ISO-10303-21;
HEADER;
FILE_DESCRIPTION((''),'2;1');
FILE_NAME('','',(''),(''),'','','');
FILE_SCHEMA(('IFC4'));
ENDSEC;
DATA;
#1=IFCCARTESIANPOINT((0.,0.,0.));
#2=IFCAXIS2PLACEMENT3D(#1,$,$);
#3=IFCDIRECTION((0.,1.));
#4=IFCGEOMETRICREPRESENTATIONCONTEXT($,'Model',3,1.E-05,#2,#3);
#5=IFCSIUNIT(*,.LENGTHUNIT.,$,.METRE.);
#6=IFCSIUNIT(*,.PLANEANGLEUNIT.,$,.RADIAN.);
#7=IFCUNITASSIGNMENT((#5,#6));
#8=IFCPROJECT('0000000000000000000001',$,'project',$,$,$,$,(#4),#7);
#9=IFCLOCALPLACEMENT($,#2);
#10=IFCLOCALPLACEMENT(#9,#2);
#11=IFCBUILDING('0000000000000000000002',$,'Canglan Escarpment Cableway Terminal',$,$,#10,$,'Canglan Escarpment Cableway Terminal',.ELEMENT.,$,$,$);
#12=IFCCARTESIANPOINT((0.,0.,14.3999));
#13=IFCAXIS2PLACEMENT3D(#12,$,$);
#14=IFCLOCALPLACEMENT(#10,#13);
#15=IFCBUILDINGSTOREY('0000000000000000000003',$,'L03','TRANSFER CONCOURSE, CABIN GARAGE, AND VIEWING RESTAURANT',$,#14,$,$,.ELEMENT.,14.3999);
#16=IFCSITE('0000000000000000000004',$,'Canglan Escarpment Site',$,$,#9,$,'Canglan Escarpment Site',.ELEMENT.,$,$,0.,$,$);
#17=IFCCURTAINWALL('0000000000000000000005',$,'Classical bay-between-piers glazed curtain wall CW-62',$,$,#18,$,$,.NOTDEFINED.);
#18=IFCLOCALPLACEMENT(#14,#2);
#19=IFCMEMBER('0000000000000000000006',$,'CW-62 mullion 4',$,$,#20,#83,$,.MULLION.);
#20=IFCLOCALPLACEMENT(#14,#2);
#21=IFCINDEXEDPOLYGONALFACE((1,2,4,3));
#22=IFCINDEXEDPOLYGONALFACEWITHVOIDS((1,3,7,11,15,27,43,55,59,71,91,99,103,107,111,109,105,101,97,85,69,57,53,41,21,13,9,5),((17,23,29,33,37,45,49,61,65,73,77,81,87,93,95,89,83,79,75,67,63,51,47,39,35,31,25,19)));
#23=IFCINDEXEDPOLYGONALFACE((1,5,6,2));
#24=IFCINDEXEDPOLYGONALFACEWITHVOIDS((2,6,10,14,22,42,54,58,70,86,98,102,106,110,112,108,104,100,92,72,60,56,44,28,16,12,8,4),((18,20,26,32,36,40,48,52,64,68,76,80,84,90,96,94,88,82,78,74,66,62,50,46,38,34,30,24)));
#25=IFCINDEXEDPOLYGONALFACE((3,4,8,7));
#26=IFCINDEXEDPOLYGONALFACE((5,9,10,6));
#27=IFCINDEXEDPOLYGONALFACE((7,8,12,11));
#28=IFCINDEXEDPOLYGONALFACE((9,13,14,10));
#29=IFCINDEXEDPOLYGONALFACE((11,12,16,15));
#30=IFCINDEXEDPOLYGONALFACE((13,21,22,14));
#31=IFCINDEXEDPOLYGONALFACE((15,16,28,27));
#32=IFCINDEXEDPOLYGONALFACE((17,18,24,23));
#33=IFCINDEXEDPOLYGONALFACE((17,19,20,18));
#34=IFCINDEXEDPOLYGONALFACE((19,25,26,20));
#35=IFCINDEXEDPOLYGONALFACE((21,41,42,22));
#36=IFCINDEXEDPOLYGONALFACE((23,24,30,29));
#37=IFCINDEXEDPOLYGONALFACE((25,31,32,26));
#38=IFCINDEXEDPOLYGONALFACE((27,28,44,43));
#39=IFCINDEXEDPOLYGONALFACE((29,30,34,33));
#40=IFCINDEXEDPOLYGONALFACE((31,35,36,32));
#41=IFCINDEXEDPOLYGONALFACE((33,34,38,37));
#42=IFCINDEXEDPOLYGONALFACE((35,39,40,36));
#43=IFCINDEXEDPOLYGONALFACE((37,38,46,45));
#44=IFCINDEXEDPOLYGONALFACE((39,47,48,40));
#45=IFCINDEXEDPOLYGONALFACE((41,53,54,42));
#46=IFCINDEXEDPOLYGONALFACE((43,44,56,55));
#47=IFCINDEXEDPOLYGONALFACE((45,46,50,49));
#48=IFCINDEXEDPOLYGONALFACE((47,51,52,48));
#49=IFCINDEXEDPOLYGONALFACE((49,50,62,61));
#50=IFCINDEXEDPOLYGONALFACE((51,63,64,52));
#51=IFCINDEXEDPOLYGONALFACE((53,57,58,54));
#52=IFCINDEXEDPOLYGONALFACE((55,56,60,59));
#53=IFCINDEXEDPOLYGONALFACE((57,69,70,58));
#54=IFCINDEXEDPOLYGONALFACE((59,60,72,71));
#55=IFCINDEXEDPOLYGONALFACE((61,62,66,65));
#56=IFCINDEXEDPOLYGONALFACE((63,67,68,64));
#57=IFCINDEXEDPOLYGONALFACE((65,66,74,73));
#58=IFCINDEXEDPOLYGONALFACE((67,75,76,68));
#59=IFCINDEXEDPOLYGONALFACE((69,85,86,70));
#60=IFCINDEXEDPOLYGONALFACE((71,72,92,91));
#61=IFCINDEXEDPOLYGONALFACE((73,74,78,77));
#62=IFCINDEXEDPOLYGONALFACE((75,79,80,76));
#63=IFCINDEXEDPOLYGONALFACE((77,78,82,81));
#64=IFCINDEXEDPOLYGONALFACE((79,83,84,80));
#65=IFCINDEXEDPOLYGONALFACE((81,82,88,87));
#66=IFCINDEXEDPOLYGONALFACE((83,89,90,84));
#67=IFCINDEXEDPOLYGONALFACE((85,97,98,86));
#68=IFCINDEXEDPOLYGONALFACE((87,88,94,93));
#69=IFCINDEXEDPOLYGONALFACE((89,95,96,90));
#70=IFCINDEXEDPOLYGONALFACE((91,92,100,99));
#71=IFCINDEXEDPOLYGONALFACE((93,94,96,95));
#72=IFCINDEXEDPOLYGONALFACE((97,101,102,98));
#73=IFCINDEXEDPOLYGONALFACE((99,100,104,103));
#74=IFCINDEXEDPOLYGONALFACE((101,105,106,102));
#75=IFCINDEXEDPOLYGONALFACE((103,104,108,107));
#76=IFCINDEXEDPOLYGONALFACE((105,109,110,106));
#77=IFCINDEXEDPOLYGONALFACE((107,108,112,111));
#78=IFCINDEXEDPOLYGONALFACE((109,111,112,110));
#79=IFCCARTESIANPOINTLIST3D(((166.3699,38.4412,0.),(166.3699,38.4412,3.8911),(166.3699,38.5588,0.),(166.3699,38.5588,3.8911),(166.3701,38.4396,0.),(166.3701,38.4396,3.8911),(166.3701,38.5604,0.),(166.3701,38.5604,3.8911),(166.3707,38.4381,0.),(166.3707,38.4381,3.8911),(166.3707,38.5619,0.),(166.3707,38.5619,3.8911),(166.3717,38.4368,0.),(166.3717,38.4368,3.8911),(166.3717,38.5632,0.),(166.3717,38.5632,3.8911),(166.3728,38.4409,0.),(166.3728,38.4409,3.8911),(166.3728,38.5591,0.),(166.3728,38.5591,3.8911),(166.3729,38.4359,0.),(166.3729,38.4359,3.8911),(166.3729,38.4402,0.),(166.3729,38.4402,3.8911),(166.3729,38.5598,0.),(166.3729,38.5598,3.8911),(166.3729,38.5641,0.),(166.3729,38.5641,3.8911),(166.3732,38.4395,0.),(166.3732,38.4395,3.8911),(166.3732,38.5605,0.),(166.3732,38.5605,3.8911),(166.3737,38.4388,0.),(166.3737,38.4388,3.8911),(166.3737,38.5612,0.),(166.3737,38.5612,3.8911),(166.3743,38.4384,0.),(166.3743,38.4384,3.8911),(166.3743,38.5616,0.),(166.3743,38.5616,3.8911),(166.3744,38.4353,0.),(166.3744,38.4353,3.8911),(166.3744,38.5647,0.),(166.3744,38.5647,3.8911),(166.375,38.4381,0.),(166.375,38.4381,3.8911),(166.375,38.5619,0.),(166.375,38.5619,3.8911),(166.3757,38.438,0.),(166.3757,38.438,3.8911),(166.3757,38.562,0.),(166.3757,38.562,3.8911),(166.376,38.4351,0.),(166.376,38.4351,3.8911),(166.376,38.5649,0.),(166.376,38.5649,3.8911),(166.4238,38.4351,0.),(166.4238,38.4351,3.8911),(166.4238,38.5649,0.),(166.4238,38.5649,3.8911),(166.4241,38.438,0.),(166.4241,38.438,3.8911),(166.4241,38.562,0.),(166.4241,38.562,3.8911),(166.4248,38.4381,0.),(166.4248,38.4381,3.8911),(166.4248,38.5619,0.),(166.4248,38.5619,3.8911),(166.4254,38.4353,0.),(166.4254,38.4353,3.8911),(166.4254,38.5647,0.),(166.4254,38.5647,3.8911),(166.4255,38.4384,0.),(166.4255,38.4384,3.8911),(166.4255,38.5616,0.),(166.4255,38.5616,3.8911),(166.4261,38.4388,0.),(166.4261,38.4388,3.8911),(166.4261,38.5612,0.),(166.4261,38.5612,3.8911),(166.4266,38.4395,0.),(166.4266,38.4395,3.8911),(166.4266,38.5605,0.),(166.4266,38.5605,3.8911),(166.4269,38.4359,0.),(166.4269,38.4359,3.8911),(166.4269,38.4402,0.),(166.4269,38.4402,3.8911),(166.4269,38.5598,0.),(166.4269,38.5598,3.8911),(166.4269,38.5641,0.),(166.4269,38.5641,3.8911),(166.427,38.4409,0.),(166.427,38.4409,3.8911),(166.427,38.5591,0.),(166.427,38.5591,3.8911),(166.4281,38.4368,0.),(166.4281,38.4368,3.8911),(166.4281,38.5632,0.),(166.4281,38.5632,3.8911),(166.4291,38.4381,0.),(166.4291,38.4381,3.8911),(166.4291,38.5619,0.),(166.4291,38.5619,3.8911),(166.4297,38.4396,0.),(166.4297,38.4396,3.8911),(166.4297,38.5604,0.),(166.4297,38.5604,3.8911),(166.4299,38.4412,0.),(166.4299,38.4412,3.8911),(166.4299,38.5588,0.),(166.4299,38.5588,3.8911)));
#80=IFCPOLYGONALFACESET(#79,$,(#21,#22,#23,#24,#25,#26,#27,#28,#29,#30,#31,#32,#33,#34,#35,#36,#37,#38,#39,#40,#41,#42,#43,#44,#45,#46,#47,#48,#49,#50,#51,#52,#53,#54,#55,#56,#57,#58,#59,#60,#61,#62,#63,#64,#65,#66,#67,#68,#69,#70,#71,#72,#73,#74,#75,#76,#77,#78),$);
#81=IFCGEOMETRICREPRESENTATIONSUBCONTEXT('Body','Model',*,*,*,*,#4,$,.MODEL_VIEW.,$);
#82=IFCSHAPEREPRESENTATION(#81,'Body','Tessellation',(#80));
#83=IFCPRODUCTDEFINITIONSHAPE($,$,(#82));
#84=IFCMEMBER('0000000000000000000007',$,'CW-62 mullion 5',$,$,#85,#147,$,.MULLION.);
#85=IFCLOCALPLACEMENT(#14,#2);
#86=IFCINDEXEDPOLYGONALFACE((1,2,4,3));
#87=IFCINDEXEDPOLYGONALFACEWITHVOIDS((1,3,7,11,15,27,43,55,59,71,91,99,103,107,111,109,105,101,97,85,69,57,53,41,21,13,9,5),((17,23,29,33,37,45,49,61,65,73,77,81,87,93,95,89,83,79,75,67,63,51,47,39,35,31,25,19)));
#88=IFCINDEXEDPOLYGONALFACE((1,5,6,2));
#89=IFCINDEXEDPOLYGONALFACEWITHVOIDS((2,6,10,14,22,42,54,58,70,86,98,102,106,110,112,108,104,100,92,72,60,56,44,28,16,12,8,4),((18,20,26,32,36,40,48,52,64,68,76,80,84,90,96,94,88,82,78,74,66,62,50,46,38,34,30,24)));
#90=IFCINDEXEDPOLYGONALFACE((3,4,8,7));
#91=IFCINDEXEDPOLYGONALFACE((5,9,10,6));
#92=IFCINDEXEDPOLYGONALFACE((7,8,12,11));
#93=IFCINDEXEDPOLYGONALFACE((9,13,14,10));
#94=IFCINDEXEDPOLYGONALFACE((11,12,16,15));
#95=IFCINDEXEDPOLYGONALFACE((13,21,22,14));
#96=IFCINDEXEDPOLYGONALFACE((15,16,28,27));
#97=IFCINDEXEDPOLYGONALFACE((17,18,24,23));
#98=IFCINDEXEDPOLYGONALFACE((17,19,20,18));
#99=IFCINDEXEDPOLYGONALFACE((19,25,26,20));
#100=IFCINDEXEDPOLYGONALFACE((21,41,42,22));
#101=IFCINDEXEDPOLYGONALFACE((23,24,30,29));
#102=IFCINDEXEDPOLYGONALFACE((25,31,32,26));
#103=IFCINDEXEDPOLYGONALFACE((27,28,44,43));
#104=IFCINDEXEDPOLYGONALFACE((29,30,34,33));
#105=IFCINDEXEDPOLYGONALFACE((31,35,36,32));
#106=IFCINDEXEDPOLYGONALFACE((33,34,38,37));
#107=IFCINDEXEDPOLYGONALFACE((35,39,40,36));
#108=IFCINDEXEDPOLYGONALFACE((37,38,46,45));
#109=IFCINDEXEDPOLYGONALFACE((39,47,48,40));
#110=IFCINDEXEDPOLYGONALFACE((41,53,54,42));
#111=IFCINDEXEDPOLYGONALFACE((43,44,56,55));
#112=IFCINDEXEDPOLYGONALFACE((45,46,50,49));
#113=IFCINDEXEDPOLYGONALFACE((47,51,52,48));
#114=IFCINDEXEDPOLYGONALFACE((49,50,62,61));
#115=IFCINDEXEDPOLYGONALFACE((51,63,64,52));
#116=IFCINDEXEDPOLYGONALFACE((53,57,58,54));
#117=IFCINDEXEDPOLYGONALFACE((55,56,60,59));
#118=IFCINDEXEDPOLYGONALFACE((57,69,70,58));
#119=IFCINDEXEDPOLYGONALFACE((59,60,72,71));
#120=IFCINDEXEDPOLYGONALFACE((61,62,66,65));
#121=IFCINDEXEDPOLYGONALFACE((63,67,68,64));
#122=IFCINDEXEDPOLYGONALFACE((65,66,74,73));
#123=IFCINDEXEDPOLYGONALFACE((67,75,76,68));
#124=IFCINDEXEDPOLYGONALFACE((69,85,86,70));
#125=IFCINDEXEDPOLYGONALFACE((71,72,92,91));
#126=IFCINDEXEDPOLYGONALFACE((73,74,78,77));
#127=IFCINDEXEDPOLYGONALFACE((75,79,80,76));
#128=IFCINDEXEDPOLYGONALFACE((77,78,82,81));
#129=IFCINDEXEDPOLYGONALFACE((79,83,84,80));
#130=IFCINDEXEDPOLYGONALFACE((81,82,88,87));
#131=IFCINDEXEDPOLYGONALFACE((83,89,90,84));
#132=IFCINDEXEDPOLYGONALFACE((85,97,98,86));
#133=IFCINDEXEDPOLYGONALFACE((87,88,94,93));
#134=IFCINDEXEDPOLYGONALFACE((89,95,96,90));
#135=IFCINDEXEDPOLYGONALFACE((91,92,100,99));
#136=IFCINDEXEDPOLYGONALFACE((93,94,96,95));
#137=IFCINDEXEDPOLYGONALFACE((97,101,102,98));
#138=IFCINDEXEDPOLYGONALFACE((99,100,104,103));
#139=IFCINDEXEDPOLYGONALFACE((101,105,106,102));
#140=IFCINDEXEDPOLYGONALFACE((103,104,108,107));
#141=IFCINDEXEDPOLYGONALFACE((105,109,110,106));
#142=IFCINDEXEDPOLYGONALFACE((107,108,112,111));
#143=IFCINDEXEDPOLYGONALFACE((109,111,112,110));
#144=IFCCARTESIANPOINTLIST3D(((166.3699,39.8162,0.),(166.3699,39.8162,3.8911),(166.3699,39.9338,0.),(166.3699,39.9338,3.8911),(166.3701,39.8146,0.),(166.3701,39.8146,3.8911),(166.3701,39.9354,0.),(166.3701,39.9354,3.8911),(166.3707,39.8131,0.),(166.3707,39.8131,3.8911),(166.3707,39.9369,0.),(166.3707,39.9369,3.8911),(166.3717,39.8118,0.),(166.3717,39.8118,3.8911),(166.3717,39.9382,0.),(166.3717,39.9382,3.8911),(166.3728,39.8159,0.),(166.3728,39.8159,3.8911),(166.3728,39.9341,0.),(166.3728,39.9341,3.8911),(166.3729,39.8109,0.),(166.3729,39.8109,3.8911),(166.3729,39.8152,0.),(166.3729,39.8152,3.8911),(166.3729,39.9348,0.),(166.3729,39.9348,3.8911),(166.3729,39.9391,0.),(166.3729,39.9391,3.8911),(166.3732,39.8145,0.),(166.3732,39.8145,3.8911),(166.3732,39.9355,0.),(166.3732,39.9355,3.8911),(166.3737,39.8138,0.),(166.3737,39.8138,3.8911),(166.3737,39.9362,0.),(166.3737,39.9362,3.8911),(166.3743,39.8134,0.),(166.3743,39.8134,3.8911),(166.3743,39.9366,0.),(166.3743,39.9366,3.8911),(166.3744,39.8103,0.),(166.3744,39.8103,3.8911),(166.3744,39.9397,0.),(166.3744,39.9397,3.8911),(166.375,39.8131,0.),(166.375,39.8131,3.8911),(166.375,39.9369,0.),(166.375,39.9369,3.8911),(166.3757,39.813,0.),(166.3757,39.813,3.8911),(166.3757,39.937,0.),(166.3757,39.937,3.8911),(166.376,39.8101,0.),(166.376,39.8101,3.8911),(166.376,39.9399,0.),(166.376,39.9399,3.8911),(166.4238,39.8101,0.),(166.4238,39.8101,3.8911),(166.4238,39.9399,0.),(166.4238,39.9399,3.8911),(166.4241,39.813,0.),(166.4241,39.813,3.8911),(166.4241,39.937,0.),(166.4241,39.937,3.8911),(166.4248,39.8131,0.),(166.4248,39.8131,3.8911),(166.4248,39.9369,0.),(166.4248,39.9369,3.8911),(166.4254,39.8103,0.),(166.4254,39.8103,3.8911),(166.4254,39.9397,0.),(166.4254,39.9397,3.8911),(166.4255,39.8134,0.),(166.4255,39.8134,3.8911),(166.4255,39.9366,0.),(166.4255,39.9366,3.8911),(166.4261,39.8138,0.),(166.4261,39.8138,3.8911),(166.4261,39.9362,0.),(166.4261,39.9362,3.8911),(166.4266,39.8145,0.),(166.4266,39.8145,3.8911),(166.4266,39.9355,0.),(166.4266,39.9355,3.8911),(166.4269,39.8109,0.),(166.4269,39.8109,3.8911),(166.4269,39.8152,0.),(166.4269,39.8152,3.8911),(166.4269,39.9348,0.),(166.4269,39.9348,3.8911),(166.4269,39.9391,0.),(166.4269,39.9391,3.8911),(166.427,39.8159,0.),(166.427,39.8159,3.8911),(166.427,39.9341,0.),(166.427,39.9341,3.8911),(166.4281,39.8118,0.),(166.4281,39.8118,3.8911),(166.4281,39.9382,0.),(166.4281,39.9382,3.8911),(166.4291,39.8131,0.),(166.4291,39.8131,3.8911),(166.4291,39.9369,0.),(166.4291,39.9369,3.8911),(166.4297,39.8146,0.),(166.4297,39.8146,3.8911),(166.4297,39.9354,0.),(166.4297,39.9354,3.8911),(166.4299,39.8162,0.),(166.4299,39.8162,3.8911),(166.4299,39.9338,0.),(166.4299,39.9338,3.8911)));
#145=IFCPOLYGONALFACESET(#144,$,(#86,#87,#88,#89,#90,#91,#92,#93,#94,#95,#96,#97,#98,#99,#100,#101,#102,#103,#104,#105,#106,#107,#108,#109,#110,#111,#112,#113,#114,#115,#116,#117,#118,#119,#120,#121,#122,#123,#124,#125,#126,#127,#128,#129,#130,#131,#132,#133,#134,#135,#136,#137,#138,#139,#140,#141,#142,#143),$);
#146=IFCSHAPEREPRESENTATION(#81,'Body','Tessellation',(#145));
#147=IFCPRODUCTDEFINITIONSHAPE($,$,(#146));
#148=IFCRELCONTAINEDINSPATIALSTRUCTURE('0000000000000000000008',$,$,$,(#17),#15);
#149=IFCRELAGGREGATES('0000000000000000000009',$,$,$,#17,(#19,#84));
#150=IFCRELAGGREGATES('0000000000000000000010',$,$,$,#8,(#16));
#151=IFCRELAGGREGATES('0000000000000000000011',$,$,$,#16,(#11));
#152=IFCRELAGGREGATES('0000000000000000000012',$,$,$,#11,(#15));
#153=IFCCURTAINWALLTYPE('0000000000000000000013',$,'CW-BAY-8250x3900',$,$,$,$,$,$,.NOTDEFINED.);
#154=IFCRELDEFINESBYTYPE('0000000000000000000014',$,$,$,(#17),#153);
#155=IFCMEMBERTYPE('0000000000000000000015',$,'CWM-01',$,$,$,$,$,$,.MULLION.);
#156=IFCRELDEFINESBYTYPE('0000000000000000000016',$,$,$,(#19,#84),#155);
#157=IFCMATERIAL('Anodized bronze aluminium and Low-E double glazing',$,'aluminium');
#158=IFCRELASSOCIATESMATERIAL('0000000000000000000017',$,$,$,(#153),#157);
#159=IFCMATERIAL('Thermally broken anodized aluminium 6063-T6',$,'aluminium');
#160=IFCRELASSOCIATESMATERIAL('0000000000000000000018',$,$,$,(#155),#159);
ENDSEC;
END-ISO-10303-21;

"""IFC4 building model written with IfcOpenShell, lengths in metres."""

from ifc_helpers import new_model, si_unit, direction, frame, origin, origin_2d, place, context, subcontext, project, spatial, hollow_rectangle, extrude, material, material_profile, profile_set, type_object, element, aggregate, save


model = new_model("IFC4")

# Units and contexts
model_context = context("Model", 3, precision=1e-05, world=origin(), true_north=direction((0.0, 1.0)))
body_context = subcontext(model_context, "Body", "Model", "MODEL_VIEW")
ifc_project = project(units=[si_unit("LENGTHUNIT", "METRE"), si_unit("PLANEANGLEUNIT", "RADIAN")], contexts=[model_context])

# Site, building, storey
site_placement = place(None, origin())
site = spatial("IfcSite", under=ifc_project, at=site_placement, Name="Canglan Escarpment Site", LongName="Canglan Escarpment Site", CompositionType="ELEMENT", RefElevation=0.0)
building_placement = place(site_placement, origin())
building = spatial("IfcBuilding", under=site, at=building_placement, Name="Canglan Escarpment Cableway Terminal", LongName="Canglan Escarpment Cableway Terminal", CompositionType="ELEMENT")
storey_placement = place(building_placement, frame((0.0, 0.0, 14.3999)))
storey = spatial("IfcBuildingStorey", under=building, at=storey_placement, Name="L03", Description="TRANSFER CONCOURSE, CABIN GARAGE, AND VIEWING RESTAURANT", CompositionType="ELEMENT", Elevation=14.3999)

# Curtain wall, members
ifc_material_1 = material(Name="Anodized bronze aluminium and Low-E double glazing", Category="aluminium")
curtain_wall_type = type_object("IfcCurtainWallType", Name="CW-BAY-8250x3900", PredefinedType="NOTDEFINED", material=ifc_material_1)
curtain_wall_placement = place(storey_placement, origin())
curtain_wall = element("IfcCurtainWall", 1, at=curtain_wall_placement, inside=storey, type_object=curtain_wall_type, Name="Classical bay-between-piers glazed curtain wall CW-62", PredefinedType="NOTDEFINED")
ifc_material_2 = material(Name="Thermally broken anodized aluminium 6063-T6", Category="aluminium")
ifc_material_profile_1 = material_profile(ifc_material_2, hollow_rectangle(XDim=0.0601, YDim=0.1299, WallThickness=0.0029, InnerFilletRadius=0.0029, OuterFilletRadius=0.0061, at=origin_2d()), Name="ALU-MULL 60x130x3")
ifc_profile_set_1 = profile_set([ifc_material_profile_1], Name="Thermally broken anodized aluminium 6063-T6")
member_type_1 = type_object("IfcMemberType", Name="CWM-01", PredefinedType="MULLION", material=ifc_profile_set_1)
member_1_placement = place(storey_placement, frame((166.3999, 38.5, 0.0), z_axis=(0.0, 0.0, 1.0), x_axis=(-1.0, 0.0, 0.0)))
member_1 = element("IfcMember", 2, at=member_1_placement, type_object=member_type_1, Name="CW-62 mullion 4", PredefinedType="MULLION", context=body_context, shape_type="SweptSolid", body=[
    extrude(hollow_rectangle(XDim=0.0601, YDim=0.1299, WallThickness=0.0029, InnerFilletRadius=0.0029, OuterFilletRadius=0.0061, at=origin_2d()), origin(), (0.0, 0.0, 1.0), 3.8911),
])
member_2_placement = place(storey_placement, frame((166.3999, 39.875, 0.0), z_axis=(0.0, 0.0, 1.0), x_axis=(-1.0, 0.0, 0.0)))
member_2 = element("IfcMember", 3, at=member_2_placement, type_object=member_type_1, Name="CW-62 mullion 5", PredefinedType="MULLION", context=body_context, shape_type="SweptSolid", body=[
    extrude(hollow_rectangle(XDim=0.0601, YDim=0.1299, WallThickness=0.0029, InnerFilletRadius=0.0029, OuterFilletRadius=0.0061, at=origin_2d()), origin(), (0.0, 0.0, 1.0), 3.8911),
])
aggregate(curtain_wall, [member_1, member_2])

save(model, "model.ifc")
